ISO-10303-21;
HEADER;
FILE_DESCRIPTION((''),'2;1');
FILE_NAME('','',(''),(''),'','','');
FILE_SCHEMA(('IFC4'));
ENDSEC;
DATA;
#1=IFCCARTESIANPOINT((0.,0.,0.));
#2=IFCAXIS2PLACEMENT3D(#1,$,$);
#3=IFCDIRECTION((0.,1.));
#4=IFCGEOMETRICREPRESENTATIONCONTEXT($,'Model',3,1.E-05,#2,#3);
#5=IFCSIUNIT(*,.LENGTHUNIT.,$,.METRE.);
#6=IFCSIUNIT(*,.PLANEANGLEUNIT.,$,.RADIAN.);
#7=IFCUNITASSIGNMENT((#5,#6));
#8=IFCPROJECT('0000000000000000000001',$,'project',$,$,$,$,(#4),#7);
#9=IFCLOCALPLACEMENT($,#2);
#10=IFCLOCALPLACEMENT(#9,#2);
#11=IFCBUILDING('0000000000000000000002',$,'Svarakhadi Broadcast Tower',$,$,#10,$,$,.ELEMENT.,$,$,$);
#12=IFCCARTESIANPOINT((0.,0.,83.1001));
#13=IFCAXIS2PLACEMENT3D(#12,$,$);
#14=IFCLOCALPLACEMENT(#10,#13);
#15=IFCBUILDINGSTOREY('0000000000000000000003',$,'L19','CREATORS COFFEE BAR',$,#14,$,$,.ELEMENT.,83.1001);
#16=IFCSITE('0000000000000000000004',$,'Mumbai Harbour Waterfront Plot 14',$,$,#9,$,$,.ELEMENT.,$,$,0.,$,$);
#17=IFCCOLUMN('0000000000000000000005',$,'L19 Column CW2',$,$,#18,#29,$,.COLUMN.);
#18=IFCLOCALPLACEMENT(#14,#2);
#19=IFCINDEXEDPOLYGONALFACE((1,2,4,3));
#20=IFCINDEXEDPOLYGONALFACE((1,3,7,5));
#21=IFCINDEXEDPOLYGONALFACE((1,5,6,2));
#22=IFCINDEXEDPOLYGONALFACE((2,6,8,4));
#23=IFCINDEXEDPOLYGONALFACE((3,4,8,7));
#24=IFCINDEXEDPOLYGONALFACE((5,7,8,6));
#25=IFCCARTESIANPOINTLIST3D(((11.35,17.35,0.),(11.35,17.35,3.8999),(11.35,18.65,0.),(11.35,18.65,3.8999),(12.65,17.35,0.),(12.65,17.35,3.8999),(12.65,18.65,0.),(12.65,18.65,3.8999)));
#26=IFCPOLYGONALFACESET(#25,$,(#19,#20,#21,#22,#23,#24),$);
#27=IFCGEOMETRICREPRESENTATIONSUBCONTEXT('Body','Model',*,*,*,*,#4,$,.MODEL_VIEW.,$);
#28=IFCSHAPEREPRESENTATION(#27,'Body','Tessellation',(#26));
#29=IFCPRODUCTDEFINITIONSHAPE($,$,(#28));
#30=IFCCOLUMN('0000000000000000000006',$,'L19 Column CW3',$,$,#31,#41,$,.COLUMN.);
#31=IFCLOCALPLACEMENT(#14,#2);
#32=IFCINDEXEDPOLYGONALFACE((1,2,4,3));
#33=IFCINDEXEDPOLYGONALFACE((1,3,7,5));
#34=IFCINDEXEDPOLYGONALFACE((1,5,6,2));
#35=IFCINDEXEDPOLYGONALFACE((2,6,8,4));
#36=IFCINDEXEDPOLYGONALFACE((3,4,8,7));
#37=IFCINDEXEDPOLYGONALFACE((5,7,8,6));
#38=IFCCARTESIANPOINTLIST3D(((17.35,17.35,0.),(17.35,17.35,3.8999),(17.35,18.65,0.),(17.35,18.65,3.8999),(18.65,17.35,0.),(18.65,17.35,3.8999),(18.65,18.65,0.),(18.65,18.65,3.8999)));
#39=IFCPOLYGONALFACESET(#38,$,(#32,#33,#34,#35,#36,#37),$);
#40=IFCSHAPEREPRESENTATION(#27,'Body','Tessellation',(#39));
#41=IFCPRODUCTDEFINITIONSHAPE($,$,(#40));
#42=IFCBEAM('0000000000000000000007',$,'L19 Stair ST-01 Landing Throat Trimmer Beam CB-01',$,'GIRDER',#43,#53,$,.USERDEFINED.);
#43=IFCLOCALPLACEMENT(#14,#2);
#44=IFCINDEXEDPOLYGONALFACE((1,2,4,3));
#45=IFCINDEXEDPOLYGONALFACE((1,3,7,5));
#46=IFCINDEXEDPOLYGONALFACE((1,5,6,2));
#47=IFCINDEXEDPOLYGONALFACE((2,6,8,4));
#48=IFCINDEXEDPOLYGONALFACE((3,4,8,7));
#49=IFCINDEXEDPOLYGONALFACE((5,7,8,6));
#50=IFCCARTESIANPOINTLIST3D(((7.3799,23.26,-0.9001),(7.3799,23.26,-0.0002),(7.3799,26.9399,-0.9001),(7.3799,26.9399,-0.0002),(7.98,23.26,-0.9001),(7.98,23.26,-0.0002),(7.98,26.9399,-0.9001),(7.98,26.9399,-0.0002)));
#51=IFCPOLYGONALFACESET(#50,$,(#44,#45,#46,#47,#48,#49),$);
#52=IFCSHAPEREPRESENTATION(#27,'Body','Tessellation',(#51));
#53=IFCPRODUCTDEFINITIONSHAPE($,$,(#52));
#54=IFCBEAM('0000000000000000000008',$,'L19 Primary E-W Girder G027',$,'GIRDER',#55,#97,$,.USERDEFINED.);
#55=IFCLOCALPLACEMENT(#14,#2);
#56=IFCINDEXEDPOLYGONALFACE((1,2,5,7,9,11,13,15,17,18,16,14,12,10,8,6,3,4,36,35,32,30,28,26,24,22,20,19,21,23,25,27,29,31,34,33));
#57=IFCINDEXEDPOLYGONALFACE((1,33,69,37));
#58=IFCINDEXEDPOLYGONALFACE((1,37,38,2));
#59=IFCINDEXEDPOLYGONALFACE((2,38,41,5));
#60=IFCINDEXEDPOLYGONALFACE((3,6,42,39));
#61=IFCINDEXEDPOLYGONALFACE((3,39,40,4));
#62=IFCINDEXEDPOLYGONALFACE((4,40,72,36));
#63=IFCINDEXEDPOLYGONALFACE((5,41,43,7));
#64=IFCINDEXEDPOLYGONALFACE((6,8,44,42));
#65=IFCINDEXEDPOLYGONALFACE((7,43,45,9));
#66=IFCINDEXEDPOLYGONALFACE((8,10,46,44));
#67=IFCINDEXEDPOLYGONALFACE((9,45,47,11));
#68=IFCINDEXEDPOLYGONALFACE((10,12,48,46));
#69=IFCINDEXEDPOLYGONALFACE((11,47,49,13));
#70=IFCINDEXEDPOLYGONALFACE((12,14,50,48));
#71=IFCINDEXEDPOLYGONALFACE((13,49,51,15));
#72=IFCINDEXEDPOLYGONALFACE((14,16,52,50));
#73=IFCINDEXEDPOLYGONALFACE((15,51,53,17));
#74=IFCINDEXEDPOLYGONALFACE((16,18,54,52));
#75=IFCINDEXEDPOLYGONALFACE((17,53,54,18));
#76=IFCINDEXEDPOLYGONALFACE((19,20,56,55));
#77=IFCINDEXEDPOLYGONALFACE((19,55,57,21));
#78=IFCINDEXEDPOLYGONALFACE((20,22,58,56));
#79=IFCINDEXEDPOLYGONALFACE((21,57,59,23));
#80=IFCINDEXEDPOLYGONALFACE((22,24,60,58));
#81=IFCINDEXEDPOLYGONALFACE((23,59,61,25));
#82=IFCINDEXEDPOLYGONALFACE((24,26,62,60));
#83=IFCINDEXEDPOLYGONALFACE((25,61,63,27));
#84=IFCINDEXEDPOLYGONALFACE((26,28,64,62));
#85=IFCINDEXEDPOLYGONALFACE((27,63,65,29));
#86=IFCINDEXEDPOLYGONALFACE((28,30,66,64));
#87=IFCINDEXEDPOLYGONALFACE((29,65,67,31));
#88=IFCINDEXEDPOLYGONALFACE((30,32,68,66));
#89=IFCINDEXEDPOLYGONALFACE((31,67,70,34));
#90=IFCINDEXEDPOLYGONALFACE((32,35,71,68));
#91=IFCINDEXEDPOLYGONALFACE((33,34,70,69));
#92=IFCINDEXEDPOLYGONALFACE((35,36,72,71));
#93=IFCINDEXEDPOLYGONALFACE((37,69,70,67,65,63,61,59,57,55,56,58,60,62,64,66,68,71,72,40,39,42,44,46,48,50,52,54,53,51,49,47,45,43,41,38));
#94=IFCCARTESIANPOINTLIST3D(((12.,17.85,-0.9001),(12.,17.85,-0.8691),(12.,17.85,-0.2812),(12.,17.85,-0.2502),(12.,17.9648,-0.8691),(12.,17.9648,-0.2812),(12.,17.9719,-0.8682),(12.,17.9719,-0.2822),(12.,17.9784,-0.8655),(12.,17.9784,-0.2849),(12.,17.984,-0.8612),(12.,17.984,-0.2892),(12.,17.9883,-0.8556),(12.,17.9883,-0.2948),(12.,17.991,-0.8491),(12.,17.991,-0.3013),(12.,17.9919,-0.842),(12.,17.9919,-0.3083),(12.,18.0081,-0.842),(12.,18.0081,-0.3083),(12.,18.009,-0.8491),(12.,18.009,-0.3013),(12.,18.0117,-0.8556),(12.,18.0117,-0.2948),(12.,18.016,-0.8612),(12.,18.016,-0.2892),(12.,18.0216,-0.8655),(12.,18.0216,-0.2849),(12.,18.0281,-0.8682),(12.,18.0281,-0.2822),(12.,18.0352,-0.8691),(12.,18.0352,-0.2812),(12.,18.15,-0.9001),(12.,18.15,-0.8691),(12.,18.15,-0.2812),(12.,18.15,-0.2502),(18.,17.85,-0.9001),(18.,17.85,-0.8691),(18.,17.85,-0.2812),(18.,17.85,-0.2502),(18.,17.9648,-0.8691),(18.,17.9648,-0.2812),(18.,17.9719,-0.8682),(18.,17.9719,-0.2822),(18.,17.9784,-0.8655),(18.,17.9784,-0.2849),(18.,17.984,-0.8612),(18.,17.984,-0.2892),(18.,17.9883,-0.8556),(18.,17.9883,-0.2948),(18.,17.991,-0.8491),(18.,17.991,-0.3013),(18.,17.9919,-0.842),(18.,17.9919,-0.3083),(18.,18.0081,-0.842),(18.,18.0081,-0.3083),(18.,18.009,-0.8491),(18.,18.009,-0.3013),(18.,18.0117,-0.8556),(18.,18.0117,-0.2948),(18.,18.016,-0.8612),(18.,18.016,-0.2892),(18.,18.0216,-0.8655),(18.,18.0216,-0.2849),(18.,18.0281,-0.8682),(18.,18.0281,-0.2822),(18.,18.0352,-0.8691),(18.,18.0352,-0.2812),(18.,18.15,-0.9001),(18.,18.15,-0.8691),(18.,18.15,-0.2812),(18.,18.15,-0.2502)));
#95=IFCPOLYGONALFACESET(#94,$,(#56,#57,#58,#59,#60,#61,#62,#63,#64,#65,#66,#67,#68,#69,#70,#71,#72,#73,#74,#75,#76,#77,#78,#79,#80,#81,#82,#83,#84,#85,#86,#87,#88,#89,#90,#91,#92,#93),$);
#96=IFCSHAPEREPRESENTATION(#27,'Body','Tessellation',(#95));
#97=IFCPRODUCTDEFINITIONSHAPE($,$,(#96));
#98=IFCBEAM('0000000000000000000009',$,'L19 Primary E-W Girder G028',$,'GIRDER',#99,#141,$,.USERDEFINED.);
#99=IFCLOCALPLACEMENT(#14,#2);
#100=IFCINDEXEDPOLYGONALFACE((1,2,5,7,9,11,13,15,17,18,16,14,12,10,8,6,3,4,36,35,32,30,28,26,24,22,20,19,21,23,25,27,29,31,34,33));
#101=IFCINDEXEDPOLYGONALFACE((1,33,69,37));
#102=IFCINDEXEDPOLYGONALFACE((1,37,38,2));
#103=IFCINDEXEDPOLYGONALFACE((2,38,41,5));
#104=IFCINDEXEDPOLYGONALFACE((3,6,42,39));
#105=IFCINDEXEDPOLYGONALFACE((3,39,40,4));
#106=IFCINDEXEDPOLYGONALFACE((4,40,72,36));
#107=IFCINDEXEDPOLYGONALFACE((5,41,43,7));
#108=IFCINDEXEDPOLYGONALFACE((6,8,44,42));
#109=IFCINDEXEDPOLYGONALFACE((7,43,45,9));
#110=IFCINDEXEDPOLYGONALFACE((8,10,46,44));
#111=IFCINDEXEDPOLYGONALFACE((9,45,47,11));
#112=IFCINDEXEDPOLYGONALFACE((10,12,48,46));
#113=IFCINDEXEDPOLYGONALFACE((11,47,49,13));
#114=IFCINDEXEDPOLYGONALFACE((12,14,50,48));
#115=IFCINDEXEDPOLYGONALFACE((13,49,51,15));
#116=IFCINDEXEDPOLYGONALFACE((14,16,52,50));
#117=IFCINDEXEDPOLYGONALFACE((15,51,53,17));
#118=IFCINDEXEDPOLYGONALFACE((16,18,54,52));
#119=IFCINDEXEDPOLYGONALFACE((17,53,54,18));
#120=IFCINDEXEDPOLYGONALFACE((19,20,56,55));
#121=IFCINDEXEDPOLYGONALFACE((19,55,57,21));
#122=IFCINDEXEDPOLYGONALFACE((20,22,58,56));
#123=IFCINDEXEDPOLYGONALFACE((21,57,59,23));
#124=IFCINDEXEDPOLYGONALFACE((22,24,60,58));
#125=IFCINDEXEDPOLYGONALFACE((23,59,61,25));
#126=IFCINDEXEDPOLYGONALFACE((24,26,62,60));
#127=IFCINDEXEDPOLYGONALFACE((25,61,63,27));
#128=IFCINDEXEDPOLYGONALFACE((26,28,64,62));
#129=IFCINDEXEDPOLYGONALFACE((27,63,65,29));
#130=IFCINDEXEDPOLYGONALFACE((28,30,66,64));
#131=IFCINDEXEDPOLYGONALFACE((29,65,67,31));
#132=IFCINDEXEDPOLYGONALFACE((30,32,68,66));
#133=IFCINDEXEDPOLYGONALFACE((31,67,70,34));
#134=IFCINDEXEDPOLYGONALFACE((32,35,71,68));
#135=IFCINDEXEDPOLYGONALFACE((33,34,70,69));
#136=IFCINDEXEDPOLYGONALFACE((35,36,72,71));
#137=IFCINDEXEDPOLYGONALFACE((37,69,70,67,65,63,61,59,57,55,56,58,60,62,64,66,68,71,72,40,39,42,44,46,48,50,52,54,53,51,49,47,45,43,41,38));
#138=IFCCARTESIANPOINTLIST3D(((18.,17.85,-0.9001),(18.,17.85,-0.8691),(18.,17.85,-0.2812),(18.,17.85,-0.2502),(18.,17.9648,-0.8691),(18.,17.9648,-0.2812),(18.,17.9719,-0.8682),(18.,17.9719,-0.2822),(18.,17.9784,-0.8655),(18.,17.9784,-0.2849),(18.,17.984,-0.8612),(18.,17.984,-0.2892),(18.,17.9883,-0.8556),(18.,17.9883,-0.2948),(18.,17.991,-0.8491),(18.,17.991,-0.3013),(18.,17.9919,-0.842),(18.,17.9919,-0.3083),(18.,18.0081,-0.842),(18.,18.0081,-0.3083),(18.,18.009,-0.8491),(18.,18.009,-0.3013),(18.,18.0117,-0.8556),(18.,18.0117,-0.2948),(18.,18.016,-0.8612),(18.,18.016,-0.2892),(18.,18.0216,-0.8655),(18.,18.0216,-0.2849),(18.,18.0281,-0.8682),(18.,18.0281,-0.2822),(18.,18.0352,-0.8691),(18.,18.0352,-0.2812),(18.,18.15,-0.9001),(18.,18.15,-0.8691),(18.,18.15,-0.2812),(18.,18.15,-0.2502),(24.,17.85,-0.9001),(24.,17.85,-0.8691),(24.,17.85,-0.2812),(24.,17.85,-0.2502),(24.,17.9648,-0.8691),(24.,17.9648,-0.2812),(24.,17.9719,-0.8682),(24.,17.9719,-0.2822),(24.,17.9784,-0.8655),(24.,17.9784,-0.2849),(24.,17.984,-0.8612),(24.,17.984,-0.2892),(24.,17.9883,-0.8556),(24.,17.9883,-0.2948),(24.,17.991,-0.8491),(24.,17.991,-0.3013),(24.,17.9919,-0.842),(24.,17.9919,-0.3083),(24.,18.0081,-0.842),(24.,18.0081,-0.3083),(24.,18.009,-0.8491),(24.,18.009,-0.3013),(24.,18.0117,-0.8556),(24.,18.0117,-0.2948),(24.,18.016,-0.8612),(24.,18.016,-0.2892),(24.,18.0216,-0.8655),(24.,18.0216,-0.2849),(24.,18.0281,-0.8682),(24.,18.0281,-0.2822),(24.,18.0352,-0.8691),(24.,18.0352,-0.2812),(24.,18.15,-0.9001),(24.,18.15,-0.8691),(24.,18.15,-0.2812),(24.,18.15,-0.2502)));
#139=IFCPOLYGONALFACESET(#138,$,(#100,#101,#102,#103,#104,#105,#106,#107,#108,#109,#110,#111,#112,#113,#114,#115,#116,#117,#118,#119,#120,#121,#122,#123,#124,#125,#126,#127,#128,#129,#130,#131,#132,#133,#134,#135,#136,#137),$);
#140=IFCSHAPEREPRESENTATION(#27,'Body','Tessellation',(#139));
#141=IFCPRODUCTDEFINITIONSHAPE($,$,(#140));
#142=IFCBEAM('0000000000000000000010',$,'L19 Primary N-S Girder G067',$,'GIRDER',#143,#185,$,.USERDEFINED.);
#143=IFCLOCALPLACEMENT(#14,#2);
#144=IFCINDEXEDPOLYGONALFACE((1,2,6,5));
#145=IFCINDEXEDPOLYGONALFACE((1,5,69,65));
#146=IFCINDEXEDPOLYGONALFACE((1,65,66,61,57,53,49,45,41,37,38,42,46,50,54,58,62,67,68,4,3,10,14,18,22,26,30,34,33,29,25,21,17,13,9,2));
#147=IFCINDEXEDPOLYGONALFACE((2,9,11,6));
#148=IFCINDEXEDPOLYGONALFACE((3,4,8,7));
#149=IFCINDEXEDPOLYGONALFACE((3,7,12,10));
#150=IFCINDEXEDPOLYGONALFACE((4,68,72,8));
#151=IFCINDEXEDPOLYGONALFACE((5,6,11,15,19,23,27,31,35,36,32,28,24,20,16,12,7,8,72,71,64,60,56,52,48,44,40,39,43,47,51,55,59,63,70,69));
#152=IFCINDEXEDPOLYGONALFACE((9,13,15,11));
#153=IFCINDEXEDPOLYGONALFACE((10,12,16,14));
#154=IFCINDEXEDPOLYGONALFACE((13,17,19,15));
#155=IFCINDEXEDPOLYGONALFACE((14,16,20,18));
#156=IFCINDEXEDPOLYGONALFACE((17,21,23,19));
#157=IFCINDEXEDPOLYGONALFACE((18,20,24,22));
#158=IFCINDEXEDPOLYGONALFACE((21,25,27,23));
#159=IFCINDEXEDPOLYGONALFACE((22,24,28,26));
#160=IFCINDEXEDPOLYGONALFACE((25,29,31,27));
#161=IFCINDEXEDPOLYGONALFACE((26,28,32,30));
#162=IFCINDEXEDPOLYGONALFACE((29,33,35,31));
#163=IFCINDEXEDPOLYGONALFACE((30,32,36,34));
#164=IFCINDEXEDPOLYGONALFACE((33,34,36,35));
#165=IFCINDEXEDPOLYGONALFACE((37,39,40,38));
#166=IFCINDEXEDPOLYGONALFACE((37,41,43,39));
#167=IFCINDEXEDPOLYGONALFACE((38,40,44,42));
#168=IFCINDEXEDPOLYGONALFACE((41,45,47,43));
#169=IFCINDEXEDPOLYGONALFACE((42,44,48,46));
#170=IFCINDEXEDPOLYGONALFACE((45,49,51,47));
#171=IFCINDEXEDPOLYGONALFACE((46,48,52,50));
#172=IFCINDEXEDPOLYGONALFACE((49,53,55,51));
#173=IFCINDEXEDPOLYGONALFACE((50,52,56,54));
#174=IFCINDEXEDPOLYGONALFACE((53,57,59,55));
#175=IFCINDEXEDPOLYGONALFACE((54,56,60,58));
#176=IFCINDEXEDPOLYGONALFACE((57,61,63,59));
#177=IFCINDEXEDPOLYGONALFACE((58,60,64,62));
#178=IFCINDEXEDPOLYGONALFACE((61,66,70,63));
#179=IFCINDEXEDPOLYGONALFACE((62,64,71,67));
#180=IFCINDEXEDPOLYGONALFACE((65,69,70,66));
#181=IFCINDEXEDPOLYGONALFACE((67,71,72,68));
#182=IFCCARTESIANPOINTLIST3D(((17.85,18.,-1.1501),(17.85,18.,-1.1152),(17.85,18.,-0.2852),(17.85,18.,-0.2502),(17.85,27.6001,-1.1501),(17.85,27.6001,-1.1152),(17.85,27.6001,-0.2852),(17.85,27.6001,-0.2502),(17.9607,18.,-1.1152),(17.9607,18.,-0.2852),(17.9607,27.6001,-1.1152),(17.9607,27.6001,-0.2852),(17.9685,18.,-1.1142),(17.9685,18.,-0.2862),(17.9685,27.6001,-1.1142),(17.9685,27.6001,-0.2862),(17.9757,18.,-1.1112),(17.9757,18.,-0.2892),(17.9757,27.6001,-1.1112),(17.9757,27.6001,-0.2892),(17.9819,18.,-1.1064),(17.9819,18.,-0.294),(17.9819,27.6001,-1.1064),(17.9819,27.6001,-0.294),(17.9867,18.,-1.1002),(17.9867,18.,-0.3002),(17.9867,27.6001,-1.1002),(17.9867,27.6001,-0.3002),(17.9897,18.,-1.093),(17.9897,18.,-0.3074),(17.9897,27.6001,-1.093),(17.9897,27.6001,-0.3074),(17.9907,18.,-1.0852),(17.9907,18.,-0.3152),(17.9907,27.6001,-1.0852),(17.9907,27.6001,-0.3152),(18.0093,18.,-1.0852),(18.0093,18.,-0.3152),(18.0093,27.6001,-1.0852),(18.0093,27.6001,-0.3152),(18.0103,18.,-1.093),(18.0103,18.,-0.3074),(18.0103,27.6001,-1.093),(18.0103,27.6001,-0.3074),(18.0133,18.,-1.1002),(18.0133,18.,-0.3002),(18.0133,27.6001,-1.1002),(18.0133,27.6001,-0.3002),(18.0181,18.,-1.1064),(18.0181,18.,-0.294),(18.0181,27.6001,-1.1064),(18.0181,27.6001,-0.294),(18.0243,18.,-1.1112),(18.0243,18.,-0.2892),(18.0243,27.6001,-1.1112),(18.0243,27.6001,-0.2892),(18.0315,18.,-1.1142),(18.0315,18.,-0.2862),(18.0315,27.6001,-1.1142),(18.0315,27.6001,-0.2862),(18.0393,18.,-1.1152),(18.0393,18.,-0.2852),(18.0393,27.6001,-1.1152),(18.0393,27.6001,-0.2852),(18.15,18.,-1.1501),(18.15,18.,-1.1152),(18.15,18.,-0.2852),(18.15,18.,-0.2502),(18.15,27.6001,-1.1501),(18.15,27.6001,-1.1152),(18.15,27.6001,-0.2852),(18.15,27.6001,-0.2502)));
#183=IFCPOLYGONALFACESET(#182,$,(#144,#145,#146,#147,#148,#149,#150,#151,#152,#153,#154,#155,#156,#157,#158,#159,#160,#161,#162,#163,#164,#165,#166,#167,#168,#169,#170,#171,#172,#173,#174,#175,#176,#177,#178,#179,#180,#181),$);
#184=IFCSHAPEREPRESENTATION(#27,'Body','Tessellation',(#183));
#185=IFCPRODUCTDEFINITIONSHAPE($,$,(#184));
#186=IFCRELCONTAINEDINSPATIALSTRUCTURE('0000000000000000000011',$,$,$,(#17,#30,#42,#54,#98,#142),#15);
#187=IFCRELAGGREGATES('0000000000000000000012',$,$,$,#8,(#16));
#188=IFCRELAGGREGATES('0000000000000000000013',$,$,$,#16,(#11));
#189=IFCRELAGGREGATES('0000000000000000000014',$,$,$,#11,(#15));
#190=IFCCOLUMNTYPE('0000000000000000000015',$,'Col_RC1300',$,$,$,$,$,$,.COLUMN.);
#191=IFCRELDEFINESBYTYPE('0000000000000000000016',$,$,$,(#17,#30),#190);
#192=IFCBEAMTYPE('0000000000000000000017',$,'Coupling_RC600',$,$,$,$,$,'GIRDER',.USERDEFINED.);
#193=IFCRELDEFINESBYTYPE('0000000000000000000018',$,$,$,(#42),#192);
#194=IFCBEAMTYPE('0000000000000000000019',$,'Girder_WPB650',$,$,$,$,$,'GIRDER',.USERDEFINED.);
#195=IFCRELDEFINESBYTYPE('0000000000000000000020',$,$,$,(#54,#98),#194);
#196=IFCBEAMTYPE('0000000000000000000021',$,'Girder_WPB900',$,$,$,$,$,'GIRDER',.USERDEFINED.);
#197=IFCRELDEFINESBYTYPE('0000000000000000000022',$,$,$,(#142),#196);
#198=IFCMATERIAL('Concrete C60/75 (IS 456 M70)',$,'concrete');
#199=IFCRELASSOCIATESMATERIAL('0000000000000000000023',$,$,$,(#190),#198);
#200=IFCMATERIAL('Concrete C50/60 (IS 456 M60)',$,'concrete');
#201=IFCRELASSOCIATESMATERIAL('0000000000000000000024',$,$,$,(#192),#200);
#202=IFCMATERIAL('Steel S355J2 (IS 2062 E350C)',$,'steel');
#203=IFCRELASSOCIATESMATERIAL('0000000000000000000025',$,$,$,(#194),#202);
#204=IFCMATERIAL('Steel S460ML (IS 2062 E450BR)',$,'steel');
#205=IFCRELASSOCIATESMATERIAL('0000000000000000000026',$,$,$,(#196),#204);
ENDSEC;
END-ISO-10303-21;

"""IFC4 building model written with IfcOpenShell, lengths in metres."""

from ifc_helpers import new_model, si_unit, direction, frame, origin, origin_2d, place, context, subcontext, project, spatial, rectangle, i_section, extrude, material, material_profile, profile_set, type_object, element, save


model = new_model("IFC4")

# Units and contexts
model_context = context("Model", 3, precision=1e-05, world=origin(), true_north=direction((0.0, 1.0)))
body_context = subcontext(model_context, "Body", "Model", "MODEL_VIEW")
ifc_project = project(units=[si_unit("LENGTHUNIT", "METRE"), si_unit("PLANEANGLEUNIT", "RADIAN")], contexts=[model_context])

# Site, building, storey
site_placement = place(None, origin())
site = spatial("IfcSite", under=ifc_project, at=site_placement, Name="Mumbai Harbour Waterfront Plot 14", CompositionType="ELEMENT", RefElevation=0.0)
building_placement = place(site_placement, origin())
building = spatial("IfcBuilding", under=site, at=building_placement, Name="Svarakhadi Broadcast Tower", CompositionType="ELEMENT")
storey_placement = place(building_placement, frame((0.0, 0.0, 83.1001)))
storey = spatial("IfcBuildingStorey", under=building, at=storey_placement, Name="L19", Description="CREATORS COFFEE BAR", CompositionType="ELEMENT", Elevation=83.1001)

# Columns
ifc_material_1 = material(Name="Concrete C60/75 (IS 456 M70)", Category="concrete")
ifc_material_profile_1 = material_profile(ifc_material_1, rectangle(XDim=1.3, YDim=1.3, at=origin_2d()), Name="RC 1300x1300")
ifc_profile_set_1 = profile_set([ifc_material_profile_1], Name="Concrete C60/75 (IS 456 M70)")
column_type = type_object("IfcColumnType", Name="Col_RC1300", PredefinedType="COLUMN", material=ifc_profile_set_1)
for number, where, z_axis, x_axis, name in (
    (1, (12.0, 18.0, 0.0), (0.0, 0.0, 1.0), (1.0, 0.0, 0.0), "L19 Column CW2"),
    (2, (18.0, 18.0, 0.0), (0.0, 0.0, 1.0), (1.0, 0.0, 0.0), "L19 Column CW3"),
):
    element("IfcColumn", number, at=place(storey_placement, frame(where, z_axis=z_axis, x_axis=x_axis)), inside=storey, type_object=column_type, Name=name, PredefinedType="COLUMN", context=body_context, shape_type="SweptSolid", body=[
        extrude(rectangle(XDim=1.3, YDim=1.3, at=origin_2d()), origin(), (0.0, 0.0, 1.0), 3.8999),
    ])

# Beams
ifc_material_2 = material(Name="Concrete C50/60 (IS 456 M60)", Category="concrete")
ifc_material_profile_2 = material_profile(ifc_material_2, rectangle(XDim=0.6001, YDim=0.8999, at=origin_2d()), Name="RC 600x900")
ifc_profile_set_2 = profile_set([ifc_material_profile_2], Name="Concrete C50/60 (IS 456 M60)")
beam_type_1 = type_object("IfcBeamType", Name="Coupling_RC600", ElementType="GIRDER", PredefinedType="USERDEFINED", material=ifc_profile_set_2)
beam_1_placement = place(storey_placement, frame((7.6799, 23.26, -0.4502), z_axis=(0.0, 1.0, 0.0), x_axis=(-1.0, 0.0, 0.0)))
element("IfcBeam", 3, at=beam_1_placement, inside=storey, type_object=beam_type_1, Name="L19 Stair ST-01 Landing Throat Trimmer Beam CB-01", ObjectType="GIRDER", PredefinedType="USERDEFINED", context=body_context, shape_type="SweptSolid", body=[
    extrude(rectangle(XDim=0.6001, YDim=0.8999, at=origin_2d()), origin(), (0.0, 0.0, 1.0), 3.6799),
])
ifc_material_3 = material(Name="Steel S355J2 (IS 2062 E350C)", Category="steel")
ifc_material_profile_3 = material_profile(ifc_material_3, i_section(OverallWidth=0.3, OverallDepth=0.6499, WebThickness=0.0161, FlangeThickness=0.031, FilletRadius=0.0271, at=origin_2d()), Name="WPB 650x300x225")
ifc_profile_set_3 = profile_set([ifc_material_profile_3], Name="Steel S355J2 (IS 2062 E350C)")
beam_type_2 = type_object("IfcBeamType", Name="Girder_WPB650", ElementType="GIRDER", PredefinedType="USERDEFINED", material=ifc_profile_set_3)
for number, where, z_axis, x_axis, name in (
    (4, (12.0, 18.0, -0.5752), (1.0, 0.0, 0.0), (0.0, 1.0, 0.0), "L19 Primary E-W Girder G027"),
    (5, (18.0, 18.0, -0.5752), (1.0, 0.0, 0.0), (0.0, 1.0, 0.0), "L19 Primary E-W Girder G028"),
):
    element("IfcBeam", number, at=place(storey_placement, frame(where, z_axis=z_axis, x_axis=x_axis)), inside=storey, type_object=beam_type_2, Name=name, ObjectType="GIRDER", PredefinedType="USERDEFINED", context=body_context, shape_type="SweptSolid", body=[
        extrude(i_section(OverallWidth=0.3, OverallDepth=0.6499, WebThickness=0.0161, FlangeThickness=0.031, FilletRadius=0.0271, at=origin_2d()), origin(), (0.0, 0.0, 1.0), 6.0),
    ])
ifc_material_4 = material(Name="Steel S460ML (IS 2062 E450BR)", Category="steel")
ifc_material_profile_4 = material_profile(ifc_material_4, i_section(OverallWidth=0.3, OverallDepth=0.8999, WebThickness=0.0186, FlangeThickness=0.0349, FilletRadius=0.03, at=origin_2d()), Name="WPB 900x300x291")
ifc_profile_set_4 = profile_set([ifc_material_profile_4], Name="Steel S460ML (IS 2062 E450BR)")
beam_type_3 = type_object("IfcBeamType", Name="Girder_WPB900", ElementType="GIRDER", PredefinedType="USERDEFINED", material=ifc_profile_set_4)
beam_2_placement = place(storey_placement, frame((18.0, 18.0, -0.7002), z_axis=(0.0, 1.0, 0.0), x_axis=(-1.0, 0.0, 0.0)))
element("IfcBeam", 6, at=beam_2_placement, inside=storey, type_object=beam_type_3, Name="L19 Primary N-S Girder G067", ObjectType="GIRDER", PredefinedType="USERDEFINED", context=body_context, shape_type="SweptSolid", body=[
    extrude(i_section(OverallWidth=0.3, OverallDepth=0.8999, WebThickness=0.0186, FlangeThickness=0.0349, FilletRadius=0.03, at=origin_2d()), origin(), (0.0, 0.0, 1.0), 9.6001),
])

save(model, "model.ifc")
